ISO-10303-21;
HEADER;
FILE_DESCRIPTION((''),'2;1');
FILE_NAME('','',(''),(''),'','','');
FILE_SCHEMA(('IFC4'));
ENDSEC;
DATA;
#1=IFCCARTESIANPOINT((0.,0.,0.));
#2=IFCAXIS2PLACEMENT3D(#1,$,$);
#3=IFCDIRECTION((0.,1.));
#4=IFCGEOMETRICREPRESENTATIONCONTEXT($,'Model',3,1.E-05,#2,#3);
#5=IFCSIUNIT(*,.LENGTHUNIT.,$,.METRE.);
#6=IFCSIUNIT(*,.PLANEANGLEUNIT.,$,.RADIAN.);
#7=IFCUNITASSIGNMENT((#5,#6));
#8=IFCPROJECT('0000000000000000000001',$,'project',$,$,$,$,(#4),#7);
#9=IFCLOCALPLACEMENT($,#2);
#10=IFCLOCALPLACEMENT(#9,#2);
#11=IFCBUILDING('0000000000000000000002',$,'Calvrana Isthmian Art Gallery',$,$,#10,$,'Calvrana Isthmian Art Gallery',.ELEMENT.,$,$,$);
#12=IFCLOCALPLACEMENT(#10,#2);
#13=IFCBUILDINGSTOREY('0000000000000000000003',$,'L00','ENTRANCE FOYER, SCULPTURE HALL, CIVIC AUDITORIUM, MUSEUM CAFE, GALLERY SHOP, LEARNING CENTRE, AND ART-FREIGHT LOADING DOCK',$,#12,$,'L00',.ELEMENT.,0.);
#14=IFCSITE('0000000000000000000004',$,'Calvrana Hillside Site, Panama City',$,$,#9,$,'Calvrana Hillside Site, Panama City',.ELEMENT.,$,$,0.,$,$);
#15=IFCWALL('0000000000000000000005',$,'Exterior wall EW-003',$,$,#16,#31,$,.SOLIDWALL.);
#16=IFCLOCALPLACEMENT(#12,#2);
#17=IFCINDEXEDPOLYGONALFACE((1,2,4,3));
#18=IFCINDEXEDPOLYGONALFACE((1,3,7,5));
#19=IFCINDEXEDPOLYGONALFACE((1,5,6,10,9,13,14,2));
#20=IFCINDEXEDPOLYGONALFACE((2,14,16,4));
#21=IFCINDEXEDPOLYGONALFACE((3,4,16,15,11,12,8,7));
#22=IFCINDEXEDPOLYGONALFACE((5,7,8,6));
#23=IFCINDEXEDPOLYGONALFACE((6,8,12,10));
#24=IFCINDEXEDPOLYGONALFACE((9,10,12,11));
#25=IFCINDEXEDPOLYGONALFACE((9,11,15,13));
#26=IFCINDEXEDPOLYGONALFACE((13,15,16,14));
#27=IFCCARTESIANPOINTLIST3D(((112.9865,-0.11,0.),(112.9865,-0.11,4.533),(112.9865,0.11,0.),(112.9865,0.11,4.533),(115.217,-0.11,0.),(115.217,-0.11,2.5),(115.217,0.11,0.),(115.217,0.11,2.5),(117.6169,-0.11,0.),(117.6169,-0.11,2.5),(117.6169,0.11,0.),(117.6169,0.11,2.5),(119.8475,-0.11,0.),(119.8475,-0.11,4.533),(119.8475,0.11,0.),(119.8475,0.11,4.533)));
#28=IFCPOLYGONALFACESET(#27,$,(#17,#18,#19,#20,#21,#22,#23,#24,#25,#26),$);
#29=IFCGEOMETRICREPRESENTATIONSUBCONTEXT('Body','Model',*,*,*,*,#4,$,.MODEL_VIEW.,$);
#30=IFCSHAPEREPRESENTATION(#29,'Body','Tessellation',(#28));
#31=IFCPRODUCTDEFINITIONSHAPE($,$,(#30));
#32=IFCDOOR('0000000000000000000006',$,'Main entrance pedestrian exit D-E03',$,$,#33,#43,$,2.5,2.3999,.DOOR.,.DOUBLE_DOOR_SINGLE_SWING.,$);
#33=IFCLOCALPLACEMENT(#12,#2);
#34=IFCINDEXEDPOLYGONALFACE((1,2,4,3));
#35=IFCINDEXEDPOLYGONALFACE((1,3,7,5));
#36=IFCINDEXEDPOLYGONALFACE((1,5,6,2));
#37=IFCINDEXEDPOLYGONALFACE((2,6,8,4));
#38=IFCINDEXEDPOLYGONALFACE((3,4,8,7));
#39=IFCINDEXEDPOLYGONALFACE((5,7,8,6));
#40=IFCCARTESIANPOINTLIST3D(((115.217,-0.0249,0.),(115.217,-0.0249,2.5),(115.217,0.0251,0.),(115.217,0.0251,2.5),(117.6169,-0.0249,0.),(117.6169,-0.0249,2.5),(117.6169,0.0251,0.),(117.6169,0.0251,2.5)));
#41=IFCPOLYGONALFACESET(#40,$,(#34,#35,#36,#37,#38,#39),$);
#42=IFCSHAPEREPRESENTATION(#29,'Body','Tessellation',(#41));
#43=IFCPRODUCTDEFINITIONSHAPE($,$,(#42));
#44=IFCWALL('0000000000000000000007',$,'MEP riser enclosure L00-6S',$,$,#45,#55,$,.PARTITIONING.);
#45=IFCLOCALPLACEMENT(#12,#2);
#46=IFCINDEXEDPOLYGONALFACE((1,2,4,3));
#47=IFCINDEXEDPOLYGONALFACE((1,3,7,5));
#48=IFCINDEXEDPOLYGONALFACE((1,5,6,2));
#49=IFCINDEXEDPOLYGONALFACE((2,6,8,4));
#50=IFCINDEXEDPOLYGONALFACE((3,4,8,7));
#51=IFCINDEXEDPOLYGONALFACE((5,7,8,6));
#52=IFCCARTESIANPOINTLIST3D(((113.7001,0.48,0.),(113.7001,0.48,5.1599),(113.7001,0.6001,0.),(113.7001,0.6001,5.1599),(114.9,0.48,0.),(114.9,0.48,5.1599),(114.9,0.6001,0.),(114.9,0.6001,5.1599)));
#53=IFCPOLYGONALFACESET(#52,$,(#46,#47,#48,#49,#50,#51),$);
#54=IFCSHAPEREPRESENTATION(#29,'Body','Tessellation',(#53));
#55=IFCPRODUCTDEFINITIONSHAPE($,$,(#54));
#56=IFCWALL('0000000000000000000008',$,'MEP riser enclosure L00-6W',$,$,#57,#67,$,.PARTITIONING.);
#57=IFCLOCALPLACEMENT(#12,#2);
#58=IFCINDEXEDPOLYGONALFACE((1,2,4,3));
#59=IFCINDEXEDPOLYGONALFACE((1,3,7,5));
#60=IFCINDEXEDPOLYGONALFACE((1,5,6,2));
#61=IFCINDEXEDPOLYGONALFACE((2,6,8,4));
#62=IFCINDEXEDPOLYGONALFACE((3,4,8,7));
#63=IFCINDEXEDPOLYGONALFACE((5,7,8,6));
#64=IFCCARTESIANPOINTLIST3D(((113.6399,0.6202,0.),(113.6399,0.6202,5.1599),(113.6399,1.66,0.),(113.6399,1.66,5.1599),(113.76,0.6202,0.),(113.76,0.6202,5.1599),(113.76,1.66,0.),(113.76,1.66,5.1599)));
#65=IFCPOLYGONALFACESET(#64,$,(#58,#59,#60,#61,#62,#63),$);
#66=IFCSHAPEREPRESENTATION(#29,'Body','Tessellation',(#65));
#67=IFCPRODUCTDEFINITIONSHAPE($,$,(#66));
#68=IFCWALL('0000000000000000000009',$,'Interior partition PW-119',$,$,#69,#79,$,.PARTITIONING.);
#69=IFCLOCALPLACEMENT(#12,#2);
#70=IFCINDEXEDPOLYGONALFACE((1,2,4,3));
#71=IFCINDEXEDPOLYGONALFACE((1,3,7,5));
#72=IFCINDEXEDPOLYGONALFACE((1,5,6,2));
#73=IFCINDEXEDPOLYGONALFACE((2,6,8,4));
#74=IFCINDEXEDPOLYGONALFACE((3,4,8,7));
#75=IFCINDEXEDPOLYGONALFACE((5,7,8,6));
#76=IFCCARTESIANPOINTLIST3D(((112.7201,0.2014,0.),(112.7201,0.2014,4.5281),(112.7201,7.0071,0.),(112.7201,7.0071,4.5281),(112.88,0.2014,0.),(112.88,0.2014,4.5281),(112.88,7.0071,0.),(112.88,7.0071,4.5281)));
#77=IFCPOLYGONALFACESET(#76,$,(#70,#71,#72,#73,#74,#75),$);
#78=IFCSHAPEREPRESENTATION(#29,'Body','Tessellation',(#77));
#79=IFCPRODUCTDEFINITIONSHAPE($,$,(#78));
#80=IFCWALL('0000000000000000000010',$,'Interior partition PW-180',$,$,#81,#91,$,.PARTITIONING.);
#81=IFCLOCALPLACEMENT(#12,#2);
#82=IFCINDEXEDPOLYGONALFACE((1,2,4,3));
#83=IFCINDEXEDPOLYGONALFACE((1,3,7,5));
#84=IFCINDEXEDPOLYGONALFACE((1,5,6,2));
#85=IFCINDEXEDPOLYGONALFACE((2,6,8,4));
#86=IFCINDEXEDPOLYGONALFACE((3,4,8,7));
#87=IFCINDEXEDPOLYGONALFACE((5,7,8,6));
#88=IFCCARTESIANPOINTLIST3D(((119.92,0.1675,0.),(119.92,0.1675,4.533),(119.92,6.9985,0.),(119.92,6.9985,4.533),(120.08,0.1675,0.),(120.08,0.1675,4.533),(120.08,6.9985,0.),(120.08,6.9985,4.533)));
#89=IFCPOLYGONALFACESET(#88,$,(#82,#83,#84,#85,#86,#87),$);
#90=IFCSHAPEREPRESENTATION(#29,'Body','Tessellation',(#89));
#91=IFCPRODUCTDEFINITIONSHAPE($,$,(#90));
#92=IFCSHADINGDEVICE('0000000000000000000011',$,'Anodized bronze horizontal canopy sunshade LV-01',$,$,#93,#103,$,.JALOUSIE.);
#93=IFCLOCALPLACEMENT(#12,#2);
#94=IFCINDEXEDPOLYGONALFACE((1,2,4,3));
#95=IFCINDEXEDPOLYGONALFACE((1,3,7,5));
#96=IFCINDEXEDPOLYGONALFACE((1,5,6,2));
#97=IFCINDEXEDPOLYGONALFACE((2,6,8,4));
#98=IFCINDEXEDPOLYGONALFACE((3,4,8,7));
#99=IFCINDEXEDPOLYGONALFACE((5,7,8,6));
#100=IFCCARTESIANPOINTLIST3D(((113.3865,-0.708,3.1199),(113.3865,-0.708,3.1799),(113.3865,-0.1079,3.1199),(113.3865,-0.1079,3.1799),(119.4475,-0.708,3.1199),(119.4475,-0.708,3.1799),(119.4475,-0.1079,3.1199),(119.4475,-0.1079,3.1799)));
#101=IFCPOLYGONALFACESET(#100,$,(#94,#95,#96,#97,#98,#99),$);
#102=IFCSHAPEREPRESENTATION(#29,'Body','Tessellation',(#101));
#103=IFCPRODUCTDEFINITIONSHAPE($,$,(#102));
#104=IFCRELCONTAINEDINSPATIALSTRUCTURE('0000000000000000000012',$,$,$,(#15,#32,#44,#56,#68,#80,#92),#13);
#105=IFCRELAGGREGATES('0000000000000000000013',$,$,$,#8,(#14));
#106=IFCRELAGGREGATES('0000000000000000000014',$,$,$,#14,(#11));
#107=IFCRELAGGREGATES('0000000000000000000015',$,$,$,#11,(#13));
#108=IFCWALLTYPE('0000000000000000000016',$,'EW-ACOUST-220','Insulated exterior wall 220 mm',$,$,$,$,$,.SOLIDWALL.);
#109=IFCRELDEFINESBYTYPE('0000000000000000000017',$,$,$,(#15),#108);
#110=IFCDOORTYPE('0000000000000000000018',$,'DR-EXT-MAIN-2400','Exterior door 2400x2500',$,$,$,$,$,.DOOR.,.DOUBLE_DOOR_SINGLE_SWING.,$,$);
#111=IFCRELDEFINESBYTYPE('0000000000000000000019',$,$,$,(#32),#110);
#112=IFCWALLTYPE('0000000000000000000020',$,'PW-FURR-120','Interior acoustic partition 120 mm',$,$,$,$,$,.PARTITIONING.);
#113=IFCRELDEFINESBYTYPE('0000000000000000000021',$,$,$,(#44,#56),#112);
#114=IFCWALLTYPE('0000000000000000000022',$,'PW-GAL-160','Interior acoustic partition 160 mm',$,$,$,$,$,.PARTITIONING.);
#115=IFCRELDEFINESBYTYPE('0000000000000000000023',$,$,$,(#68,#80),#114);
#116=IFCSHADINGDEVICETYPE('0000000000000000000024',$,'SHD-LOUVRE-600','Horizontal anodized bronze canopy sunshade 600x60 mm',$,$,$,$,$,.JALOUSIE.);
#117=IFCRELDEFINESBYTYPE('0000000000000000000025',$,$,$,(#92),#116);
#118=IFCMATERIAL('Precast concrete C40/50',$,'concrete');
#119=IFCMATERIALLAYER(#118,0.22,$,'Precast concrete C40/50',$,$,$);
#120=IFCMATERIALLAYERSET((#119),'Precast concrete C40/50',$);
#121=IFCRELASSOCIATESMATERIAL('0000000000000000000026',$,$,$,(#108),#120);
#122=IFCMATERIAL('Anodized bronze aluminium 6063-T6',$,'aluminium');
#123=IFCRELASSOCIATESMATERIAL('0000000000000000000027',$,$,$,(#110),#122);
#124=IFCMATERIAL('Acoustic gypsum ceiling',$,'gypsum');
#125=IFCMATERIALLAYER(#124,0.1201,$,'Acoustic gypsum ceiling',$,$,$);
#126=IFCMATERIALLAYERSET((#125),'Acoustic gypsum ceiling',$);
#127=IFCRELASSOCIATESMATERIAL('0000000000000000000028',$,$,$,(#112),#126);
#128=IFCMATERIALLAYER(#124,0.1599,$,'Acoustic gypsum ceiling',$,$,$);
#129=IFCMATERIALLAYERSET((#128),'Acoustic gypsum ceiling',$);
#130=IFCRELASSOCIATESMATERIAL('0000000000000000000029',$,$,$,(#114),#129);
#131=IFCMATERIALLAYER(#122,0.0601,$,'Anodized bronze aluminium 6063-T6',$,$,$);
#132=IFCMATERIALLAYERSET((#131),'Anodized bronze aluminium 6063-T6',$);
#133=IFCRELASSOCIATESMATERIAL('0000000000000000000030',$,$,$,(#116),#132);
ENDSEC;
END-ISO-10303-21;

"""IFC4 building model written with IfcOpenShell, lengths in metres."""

from ifc_helpers import new_model, si_unit, direction, frame, frame_2d, origin, origin_2d, place, context, subcontext, project, spatial, rectangle, extrude, material, layer, layer_set, type_object, element, fill, save


model = new_model("IFC4")

# Units and contexts
model_context = context("Model", 3, precision=1e-05, world=origin(), true_north=direction((0.0, 1.0)))
body_context = subcontext(model_context, "Body", "Model", "MODEL_VIEW")
ifc_project = project(units=[si_unit("LENGTHUNIT", "METRE"), si_unit("PLANEANGLEUNIT", "RADIAN")], contexts=[model_context])

# Site, building, storey
site_placement = place(None, origin())
site = spatial("IfcSite", under=ifc_project, at=site_placement, Name="Calvrana Hillside Site, Panama City", LongName="Calvrana Hillside Site, Panama City", CompositionType="ELEMENT", RefElevation=0.0)
building_placement = place(site_placement, origin())
building = spatial("IfcBuilding", under=site, at=building_placement, Name="Calvrana Isthmian Art Gallery", LongName="Calvrana Isthmian Art Gallery", CompositionType="ELEMENT")
storey_placement = place(building_placement, origin())
storey = spatial("IfcBuildingStorey", under=building, at=storey_placement, Name="L00", Description="ENTRANCE FOYER, SCULPTURE HALL, CIVIC AUDITORIUM, MUSEUM CAFE, GALLERY SHOP, LEARNING CENTRE, AND ART-FREIGHT LOADING DOCK", LongName="L00", CompositionType="ELEMENT", Elevation=0.0)

# Shared definitions
ifc_material_1 = material(Name="Anodized bronze aluminium 6063-T6", Category="aluminium")

# Wall, opening, door
ifc_material_2 = material(Name="Precast concrete C40/50", Category="concrete")
ifc_layer_1 = layer(ifc_material_2, 0.22, Name="Precast concrete C40/50")
ifc_layer_set_1 = layer_set([ifc_layer_1], Name="Precast concrete C40/50")
wall_type_1 = type_object("IfcWallType", Name="EW-ACOUST-220", Description="Insulated exterior wall 220 mm", PredefinedType="SOLIDWALL", material=ifc_layer_set_1)
wall_1_placement = place(storey_placement, frame((119.8477, 0.0, 0.0), z_axis=(0.0, 0.0, 1.0), x_axis=(-1.0, 0.0, 0.0)))
wall_1 = element("IfcWall", 1, at=wall_1_placement, inside=storey, type_object=wall_type_1, Name="Exterior wall EW-003", PredefinedType="SOLIDWALL", context=body_context, shape_type="SweptSolid", body=[
    extrude(rectangle(XDim=6.8611, YDim=0.22, at=frame_2d((3.4307, 0.0))), origin(), (0.0, 0.0, 1.0), 4.533),
])
opening_placement = place(wall_1_placement, frame((2.2307, 0.0, 0.0)))
opening = element("IfcOpeningElement", 2, at=opening_placement, cuts=wall_1, PredefinedType="OPENING", context=body_context, shape_type="SweptSolid", body=[
    extrude(rectangle(XDim=2.3999, YDim=2.5, at=frame_2d((1.2, 1.25))), frame((0.0, 0.1201, 0.0), z_axis=(0.0, -1.0, 0.0), x_axis=(1.0, 0.0, 0.0)), (0.0, 0.0, 1.0), 0.2405),
])
door_type = type_object("IfcDoorType", Name="DR-EXT-MAIN-2400", Description="Exterior door 2400x2500", OperationType="DOUBLE_DOOR_SINGLE_SWING", PredefinedType="DOOR", material=ifc_material_1)
door_placement = place(opening_placement, origin())
door = element("IfcDoor", 3, at=door_placement, inside=storey, type_object=door_type, Name="Main entrance pedestrian exit D-E03", OperationType="DOUBLE_DOOR_SINGLE_SWING", OverallHeight=2.5, OverallWidth=2.3999, PredefinedType="DOOR", context=body_context, shape_type="SweptSolid", body=[
    extrude(rectangle(XDim=2.3999, YDim=2.5, at=frame_2d((1.2, 1.25))), frame((0.0, 0.0249, 0.0), z_axis=(0.0, -1.0, 0.0), x_axis=(1.0, 0.0, 0.0)), (0.0, 0.0, 1.0), 0.05),
])
fill(opening, door)

# Walls
ifc_material_3 = material(Name="Acoustic gypsum ceiling", Category="gypsum")
ifc_layer_2 = layer(ifc_material_3, 0.1201, Name="Acoustic gypsum ceiling")
ifc_layer_set_2 = layer_set([ifc_layer_2], Name="Acoustic gypsum ceiling")
wall_type_2 = type_object("IfcWallType", Name="PW-FURR-120", Description="Interior acoustic partition 120 mm", PredefinedType="PARTITIONING", material=ifc_layer_set_2)
wall_2_placement = place(storey_placement, frame((113.7, 0.54, 0.0), z_axis=(0.0, 0.0, 1.0), x_axis=(1.0, 0.0, 0.0)))
element("IfcWall", 4, at=wall_2_placement, inside=storey, type_object=wall_type_2, Name="MEP riser enclosure L00-6S", PredefinedType="PARTITIONING", context=body_context, shape_type="SweptSolid", body=[
    extrude(rectangle(XDim=1.2, YDim=0.1201, at=frame_2d((0.6001, 0.0))), origin(), (0.0, 0.0, 1.0), 5.1599),
])
wall_3_placement = place(storey_placement, frame((113.7, 0.6201, 0.0), z_axis=(0.0, 0.0, 1.0), x_axis=(0.0, 1.0, 0.0)))
element("IfcWall", 5, at=wall_3_placement, inside=storey, type_object=wall_type_2, Name="MEP riser enclosure L00-6W", PredefinedType="PARTITIONING", context=body_context, shape_type="SweptSolid", body=[
    extrude(rectangle(XDim=1.0398, YDim=0.1201, at=frame_2d((0.52, 0.0))), origin(), (0.0, 0.0, 1.0), 5.1599),
])
ifc_layer_3 = layer(ifc_material_3, 0.1599, Name="Acoustic gypsum ceiling")
ifc_layer_set_3 = layer_set([ifc_layer_3], Name="Acoustic gypsum ceiling")
wall_type_3 = type_object("IfcWallType", Name="PW-GAL-160", Description="Interior acoustic partition 160 mm", PredefinedType="PARTITIONING", material=ifc_layer_set_3)
wall_4_placement = place(storey_placement, frame((112.8, 0.2014, 0.0), z_axis=(0.0, 0.0, 1.0), x_axis=(0.0, 1.0, 0.0)))
element("IfcWall", 6, at=wall_4_placement, inside=storey, type_object=wall_type_3, Name="Interior partition PW-119", PredefinedType="PARTITIONING", context=body_context, shape_type="SweptSolid", body=[
    extrude(rectangle(XDim=6.8057, YDim=0.1599, at=frame_2d((3.4028, 0.0))), origin(), (0.0, 0.0, 1.0), 4.5281),
])
wall_5_placement = place(storey_placement, frame((120.0, 0.1675, 0.0), z_axis=(0.0, 0.0, 1.0), x_axis=(0.0, 1.0, 0.0)))
element("IfcWall", 7, at=wall_5_placement, inside=storey, type_object=wall_type_3, Name="Interior partition PW-180", PredefinedType="PARTITIONING", context=body_context, shape_type="SweptSolid", body=[
    extrude(rectangle(XDim=6.8311, YDim=0.1599, at=frame_2d((3.4155, 0.0))), origin(), (0.0, 0.0, 1.0), 4.533),
])

# Shading device
ifc_layer_4 = layer(ifc_material_1, 0.0601, Name="Anodized bronze aluminium 6063-T6")
ifc_layer_set_4 = layer_set([ifc_layer_4], Name="Anodized bronze aluminium 6063-T6")
shading_device_type = type_object("IfcShadingDeviceType", Name="SHD-LOUVRE-600", Description="Horizontal anodized bronze canopy sunshade 600x60 mm", PredefinedType="JALOUSIE", material=ifc_layer_set_4)
shading_device_placement = place(storey_placement, frame((116.417, -0.408, 3.1199), z_axis=(0.0, 0.0, 1.0), x_axis=(-1.0, 0.0, 0.0)))
element("IfcShadingDevice", 8, at=shading_device_placement, inside=storey, type_object=shading_device_type, Name="Anodized bronze horizontal canopy sunshade LV-01", PredefinedType="JALOUSIE", context=body_context, shape_type="SweptSolid", body=[
    extrude(rectangle(XDim=6.061, YDim=0.6001, at=origin_2d()), origin(), (0.0, 0.0, 1.0), 0.0601),
])

save(model, "model.ifc")
